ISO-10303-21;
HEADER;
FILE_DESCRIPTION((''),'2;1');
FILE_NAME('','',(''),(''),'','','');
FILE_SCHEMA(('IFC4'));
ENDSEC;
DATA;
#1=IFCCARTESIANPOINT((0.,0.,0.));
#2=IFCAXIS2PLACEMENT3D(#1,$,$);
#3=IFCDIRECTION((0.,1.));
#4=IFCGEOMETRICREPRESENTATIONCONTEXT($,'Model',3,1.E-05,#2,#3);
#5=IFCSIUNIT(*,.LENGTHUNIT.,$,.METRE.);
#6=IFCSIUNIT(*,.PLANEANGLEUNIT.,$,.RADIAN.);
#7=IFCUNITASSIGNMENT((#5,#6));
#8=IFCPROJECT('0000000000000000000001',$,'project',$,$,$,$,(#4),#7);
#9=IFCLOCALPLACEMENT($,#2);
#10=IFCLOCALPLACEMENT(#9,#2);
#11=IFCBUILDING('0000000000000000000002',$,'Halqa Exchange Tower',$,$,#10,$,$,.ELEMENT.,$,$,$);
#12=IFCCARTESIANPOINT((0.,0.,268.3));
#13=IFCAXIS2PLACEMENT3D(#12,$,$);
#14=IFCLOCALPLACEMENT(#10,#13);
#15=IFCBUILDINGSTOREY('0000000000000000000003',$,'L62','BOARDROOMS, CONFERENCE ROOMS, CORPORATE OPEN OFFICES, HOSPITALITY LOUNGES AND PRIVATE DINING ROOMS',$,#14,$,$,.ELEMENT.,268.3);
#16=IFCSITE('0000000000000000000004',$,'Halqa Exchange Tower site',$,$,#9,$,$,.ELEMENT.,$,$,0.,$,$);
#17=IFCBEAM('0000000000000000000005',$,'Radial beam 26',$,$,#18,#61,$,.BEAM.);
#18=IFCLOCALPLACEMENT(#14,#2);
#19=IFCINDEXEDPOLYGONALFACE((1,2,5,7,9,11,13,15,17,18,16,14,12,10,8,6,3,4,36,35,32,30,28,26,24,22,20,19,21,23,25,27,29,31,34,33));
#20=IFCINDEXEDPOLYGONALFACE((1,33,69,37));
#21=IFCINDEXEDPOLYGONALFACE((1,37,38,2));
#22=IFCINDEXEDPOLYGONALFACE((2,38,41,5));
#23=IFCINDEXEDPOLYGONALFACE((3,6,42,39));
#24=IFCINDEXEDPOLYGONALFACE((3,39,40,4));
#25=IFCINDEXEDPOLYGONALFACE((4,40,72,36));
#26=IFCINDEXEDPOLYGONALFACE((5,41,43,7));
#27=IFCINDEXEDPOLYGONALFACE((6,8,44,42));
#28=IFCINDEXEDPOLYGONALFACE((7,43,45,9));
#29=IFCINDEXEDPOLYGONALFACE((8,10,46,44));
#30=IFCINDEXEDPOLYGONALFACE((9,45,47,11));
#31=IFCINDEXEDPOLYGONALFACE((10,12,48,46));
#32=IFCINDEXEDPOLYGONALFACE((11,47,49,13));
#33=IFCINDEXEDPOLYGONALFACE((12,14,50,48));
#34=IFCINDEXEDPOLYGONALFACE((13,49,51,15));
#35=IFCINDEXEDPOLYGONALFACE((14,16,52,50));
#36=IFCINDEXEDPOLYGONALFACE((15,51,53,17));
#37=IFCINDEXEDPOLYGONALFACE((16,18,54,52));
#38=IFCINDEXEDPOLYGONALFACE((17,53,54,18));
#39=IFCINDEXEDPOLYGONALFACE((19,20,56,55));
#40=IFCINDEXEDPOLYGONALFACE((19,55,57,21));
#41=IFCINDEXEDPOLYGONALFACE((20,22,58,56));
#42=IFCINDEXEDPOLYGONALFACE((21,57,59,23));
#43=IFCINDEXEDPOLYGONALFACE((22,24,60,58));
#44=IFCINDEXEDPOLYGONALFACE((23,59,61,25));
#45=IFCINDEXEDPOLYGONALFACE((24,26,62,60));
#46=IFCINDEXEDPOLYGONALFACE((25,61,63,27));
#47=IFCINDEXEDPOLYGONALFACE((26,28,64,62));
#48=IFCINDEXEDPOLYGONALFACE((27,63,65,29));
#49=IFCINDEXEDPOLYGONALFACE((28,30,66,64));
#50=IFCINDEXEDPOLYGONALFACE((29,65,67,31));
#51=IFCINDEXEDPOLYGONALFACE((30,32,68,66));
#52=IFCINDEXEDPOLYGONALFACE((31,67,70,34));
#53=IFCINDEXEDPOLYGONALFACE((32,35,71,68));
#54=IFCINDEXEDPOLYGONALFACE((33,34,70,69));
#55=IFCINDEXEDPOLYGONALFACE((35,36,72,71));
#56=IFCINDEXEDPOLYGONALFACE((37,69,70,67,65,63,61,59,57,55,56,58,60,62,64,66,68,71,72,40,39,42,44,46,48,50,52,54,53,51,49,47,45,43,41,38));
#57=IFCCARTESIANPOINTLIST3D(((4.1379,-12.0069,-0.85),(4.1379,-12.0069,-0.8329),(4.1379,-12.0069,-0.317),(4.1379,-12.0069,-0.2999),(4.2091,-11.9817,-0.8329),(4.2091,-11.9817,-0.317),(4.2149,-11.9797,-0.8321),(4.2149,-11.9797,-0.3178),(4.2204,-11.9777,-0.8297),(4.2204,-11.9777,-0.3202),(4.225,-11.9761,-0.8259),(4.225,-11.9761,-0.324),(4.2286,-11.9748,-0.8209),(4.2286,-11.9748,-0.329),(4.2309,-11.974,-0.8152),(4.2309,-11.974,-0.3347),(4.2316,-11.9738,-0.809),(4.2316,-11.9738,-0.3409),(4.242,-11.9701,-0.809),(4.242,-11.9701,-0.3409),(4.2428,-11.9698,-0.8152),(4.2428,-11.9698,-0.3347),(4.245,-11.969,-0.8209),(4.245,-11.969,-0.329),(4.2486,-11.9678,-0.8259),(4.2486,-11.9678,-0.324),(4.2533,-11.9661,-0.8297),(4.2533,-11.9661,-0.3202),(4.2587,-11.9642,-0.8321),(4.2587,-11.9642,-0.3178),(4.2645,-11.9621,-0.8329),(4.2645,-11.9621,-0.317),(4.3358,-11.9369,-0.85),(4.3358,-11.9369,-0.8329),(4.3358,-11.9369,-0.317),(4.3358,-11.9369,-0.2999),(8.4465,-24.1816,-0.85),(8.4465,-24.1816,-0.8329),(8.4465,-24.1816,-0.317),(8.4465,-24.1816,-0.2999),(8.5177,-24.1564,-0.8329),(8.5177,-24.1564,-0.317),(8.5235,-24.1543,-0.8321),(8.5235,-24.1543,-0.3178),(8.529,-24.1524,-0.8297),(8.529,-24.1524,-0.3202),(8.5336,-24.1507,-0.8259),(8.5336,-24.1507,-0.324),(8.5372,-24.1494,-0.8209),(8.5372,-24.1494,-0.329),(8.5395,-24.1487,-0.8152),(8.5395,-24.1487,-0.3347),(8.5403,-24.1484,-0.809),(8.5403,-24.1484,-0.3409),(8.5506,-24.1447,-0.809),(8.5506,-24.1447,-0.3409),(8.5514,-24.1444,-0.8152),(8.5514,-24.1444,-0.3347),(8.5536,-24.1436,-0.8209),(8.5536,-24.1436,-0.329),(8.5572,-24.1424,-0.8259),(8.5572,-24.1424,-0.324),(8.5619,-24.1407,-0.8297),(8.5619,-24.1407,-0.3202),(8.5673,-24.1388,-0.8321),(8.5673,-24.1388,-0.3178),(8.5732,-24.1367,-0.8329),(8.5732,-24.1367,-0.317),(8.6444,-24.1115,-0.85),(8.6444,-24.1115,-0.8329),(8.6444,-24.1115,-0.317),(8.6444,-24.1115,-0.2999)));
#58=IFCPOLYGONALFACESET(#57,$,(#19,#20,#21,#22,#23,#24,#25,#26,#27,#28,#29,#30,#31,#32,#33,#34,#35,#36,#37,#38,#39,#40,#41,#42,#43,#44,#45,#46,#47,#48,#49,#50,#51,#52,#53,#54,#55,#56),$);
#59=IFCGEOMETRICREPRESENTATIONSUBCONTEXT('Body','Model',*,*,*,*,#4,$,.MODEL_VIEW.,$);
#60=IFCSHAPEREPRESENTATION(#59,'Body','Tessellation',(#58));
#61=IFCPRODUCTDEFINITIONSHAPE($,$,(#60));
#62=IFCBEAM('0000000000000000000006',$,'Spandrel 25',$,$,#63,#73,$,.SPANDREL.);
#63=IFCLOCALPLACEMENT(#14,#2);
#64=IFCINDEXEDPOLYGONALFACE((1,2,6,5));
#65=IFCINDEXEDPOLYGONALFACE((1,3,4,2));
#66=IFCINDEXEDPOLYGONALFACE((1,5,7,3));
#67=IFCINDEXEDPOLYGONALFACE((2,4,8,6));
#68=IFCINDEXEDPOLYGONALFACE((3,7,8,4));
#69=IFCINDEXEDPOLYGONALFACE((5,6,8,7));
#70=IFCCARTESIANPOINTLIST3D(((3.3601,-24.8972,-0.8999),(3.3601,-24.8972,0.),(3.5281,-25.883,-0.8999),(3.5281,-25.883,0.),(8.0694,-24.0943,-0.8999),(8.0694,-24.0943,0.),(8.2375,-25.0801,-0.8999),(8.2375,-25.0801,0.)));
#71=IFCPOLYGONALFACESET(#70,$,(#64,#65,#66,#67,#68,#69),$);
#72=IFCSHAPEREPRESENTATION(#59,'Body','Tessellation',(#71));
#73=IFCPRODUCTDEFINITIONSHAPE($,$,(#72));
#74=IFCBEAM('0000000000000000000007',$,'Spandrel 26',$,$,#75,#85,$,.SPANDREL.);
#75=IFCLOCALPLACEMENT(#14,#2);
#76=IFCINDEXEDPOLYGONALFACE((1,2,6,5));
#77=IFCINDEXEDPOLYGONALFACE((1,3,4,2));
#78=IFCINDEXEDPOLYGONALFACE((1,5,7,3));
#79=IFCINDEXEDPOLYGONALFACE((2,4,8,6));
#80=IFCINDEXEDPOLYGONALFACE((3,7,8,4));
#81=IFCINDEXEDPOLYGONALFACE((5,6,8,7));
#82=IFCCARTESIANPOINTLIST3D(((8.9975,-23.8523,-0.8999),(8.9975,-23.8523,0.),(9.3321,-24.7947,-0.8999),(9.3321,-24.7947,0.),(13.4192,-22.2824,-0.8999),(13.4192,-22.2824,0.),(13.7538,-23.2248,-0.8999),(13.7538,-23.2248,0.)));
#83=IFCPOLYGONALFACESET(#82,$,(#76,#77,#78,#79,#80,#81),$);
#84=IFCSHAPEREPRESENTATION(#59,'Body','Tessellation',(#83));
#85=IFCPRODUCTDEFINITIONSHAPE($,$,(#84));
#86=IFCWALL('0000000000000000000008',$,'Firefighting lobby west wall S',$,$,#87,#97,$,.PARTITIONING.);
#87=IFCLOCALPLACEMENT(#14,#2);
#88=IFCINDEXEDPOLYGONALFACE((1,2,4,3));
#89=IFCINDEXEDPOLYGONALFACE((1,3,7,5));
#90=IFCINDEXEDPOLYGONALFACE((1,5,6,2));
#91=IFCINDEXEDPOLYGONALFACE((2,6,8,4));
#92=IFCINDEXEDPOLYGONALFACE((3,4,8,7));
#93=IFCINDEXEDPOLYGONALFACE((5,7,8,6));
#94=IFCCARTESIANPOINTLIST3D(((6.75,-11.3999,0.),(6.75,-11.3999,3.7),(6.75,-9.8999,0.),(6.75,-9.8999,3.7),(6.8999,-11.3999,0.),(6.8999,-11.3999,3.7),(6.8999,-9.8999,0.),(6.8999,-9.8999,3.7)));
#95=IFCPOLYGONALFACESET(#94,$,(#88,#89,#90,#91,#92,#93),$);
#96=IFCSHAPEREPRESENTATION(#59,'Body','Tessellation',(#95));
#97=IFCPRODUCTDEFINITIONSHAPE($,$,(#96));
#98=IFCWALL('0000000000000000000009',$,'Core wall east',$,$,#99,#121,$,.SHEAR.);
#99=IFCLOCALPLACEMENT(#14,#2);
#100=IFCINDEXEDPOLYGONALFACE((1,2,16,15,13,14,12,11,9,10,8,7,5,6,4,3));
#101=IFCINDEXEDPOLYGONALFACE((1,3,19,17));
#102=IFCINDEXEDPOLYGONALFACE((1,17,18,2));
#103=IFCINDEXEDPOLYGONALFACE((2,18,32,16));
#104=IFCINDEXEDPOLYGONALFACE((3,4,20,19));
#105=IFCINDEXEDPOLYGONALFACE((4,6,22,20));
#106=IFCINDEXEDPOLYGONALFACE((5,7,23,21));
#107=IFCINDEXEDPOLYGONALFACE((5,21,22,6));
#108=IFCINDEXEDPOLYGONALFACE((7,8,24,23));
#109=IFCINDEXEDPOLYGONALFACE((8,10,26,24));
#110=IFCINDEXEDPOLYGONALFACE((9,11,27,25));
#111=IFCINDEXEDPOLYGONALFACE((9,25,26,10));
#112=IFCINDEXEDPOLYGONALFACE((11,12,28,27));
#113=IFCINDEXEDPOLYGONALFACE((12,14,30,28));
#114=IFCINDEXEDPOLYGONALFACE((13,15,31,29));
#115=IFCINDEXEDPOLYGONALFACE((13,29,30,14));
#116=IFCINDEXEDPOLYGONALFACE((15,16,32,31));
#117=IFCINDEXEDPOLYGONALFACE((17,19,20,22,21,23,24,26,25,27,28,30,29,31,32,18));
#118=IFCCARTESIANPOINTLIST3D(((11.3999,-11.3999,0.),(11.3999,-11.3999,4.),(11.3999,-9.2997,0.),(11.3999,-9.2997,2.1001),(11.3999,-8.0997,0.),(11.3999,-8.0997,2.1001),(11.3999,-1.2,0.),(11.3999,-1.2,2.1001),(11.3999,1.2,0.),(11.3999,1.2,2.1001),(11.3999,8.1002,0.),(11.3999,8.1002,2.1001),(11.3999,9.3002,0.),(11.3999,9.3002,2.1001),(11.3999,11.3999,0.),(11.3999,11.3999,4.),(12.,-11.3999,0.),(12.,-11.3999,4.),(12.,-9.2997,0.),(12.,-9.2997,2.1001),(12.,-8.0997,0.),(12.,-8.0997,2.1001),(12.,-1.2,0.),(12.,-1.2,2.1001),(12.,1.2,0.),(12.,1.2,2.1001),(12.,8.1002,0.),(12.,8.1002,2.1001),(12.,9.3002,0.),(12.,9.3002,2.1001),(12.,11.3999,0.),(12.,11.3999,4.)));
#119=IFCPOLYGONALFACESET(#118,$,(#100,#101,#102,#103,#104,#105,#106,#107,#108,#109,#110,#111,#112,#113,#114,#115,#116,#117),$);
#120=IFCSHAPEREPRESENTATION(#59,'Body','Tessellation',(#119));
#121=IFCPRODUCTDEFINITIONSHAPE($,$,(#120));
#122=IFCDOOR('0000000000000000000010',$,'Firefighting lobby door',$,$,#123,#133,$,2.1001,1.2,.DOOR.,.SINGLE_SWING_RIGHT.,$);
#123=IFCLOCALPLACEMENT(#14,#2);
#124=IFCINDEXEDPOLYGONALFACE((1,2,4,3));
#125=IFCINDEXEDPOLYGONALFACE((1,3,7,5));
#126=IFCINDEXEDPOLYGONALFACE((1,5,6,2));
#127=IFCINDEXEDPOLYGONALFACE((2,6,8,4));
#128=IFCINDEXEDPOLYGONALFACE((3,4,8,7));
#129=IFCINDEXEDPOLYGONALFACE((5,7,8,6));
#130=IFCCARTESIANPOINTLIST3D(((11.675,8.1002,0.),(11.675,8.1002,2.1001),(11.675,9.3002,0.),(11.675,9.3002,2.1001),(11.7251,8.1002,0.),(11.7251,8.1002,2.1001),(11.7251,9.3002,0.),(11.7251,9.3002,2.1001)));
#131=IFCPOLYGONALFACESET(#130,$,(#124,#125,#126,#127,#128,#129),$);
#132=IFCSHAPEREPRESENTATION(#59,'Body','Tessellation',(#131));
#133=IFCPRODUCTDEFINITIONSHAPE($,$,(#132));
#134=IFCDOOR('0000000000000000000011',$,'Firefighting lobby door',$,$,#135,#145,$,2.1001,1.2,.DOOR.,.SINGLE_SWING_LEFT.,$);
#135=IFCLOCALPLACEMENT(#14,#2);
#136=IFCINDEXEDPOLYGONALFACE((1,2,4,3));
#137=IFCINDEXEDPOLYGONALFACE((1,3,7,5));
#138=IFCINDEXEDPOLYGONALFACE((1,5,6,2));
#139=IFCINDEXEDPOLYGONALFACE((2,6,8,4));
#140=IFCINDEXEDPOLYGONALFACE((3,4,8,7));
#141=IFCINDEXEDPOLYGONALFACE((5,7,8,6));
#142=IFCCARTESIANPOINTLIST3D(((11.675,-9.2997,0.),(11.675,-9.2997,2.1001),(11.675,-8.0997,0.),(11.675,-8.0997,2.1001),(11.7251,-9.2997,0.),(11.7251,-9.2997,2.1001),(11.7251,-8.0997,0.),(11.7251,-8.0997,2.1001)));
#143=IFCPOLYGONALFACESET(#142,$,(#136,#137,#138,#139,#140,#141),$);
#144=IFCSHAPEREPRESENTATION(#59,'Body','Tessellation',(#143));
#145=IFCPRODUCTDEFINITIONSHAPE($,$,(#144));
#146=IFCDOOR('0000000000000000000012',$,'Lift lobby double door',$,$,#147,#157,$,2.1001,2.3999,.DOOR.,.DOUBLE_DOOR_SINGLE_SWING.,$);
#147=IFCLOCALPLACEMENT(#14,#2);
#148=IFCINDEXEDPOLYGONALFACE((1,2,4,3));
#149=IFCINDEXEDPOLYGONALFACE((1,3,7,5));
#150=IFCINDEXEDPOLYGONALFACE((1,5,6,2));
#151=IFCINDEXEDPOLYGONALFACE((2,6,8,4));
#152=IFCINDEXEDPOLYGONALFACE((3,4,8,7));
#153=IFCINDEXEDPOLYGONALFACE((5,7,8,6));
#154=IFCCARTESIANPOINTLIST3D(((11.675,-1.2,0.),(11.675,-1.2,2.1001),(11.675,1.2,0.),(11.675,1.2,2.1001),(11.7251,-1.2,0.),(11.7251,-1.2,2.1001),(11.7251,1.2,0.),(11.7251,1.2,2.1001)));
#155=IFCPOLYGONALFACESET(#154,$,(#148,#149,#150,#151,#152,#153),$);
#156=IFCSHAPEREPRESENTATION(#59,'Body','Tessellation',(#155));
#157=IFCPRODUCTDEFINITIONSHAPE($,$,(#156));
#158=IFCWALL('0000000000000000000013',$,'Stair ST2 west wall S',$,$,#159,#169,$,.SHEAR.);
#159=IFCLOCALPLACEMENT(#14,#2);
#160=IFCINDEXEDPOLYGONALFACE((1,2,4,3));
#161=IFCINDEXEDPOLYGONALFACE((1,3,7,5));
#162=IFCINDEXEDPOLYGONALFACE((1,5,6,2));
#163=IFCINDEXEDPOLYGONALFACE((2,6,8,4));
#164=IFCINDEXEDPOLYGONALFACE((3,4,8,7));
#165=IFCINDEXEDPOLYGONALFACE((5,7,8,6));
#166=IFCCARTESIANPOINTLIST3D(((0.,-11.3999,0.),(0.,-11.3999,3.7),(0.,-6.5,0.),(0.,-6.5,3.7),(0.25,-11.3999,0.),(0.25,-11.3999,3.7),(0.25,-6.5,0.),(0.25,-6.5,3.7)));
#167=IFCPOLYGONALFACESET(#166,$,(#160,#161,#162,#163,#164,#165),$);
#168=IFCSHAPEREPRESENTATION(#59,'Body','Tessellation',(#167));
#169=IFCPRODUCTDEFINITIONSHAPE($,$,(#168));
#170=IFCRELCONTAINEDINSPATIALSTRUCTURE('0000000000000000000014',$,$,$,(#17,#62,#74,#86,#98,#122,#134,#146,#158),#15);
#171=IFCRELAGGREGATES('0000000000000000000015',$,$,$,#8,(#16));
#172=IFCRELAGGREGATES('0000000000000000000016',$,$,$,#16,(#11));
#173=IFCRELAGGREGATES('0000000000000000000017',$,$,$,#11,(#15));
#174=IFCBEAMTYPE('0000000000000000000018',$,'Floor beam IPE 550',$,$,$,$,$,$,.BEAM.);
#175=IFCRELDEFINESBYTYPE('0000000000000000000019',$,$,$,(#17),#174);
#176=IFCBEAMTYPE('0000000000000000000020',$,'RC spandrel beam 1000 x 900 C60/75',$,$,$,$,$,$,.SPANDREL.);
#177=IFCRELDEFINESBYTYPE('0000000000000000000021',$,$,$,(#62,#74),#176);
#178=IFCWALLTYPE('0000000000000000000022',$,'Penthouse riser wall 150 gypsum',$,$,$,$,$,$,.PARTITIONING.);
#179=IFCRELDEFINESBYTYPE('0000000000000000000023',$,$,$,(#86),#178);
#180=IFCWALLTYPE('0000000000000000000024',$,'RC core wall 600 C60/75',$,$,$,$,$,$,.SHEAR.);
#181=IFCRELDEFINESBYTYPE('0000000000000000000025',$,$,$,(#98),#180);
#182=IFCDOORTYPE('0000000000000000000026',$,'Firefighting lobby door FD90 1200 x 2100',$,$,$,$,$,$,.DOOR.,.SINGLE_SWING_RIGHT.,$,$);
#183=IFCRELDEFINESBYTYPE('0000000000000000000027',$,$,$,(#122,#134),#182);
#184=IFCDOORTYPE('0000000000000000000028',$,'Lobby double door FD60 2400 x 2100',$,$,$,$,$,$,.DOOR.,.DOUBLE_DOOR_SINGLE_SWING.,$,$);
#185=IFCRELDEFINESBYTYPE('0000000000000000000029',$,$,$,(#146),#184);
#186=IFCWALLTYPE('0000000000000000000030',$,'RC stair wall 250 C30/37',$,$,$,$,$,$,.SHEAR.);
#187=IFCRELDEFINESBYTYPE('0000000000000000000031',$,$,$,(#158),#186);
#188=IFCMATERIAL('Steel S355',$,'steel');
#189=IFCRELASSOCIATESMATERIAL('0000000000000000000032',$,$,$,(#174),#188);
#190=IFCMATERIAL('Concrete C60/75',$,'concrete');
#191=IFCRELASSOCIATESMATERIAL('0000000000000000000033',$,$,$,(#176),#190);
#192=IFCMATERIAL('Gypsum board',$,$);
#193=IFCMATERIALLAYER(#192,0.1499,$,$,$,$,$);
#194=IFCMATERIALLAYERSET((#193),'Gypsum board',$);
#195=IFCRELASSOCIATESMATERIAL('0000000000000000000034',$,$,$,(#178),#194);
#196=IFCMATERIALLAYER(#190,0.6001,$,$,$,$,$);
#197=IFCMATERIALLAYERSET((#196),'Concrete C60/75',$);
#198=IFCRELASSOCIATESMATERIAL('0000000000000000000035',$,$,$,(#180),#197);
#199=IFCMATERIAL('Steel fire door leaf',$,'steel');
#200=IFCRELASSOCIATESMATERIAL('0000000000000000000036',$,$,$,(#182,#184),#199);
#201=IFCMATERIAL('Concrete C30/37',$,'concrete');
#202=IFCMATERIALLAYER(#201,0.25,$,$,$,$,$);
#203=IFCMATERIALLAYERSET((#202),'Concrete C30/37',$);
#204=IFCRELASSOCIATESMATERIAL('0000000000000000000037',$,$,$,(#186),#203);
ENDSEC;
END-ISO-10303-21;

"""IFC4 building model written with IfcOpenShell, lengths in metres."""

from ifc_helpers import new_model, si_unit, direction, frame, frame_2d, origin, origin_2d, place, context, subcontext, project, spatial, rectangle, i_section, extrude, material, layer, layer_set, material_profile, profile_set, type_object, element, fill, save


model = new_model("IFC4")

# Units and contexts
model_context = context("Model", 3, precision=1e-05, world=origin(), true_north=direction((0.0, 1.0)))
body_context = subcontext(model_context, "Body", "Model", "MODEL_VIEW")
ifc_project = project(units=[si_unit("LENGTHUNIT", "METRE"), si_unit("PLANEANGLEUNIT", "RADIAN")], contexts=[model_context])

# Site, building, storey
site_placement = place(None, origin())
site = spatial("IfcSite", under=ifc_project, at=site_placement, Name="Halqa Exchange Tower site", CompositionType="ELEMENT", RefElevation=0.0)
building_placement = place(site_placement, origin())
building = spatial("IfcBuilding", under=site, at=building_placement, Name="Halqa Exchange Tower", CompositionType="ELEMENT")
storey_placement = place(building_placement, frame((0.0, 0.0, 268.3)))
storey = spatial("IfcBuildingStorey", under=building, at=storey_placement, Name="L62", Description="BOARDROOMS, CONFERENCE ROOMS, CORPORATE OPEN OFFICES, HOSPITALITY LOUNGES AND PRIVATE DINING ROOMS", CompositionType="ELEMENT", Elevation=268.3)

# Shared definitions
ifc_material_1 = material(Name="Concrete C60/75", Category="concrete")

# Beams
ifc_material_2 = material(Name="Steel S355", Category="steel")
ifc_material_profile_1 = material_profile(ifc_material_2, i_section(OverallWidth=0.21, OverallDepth=0.55, WebThickness=0.011, FlangeThickness=0.0171, FilletRadius=0.0239, at=origin_2d()), Name="IPE 550")
ifc_profile_set_1 = profile_set([ifc_material_profile_1], Name="Steel S355")
beam_type_1 = type_object("IfcBeamType", Name="Floor beam IPE 550", PredefinedType="BEAM", material=ifc_profile_set_1)
beam_1_placement = place(storey_placement, frame((4.2368, -11.9719, -0.575), z_axis=(0.333625, -0.942706, 0.0), x_axis=(0.942706, 0.333625, 0.0)))
element("IfcBeam", 1, at=beam_1_placement, inside=storey, type_object=beam_type_1, Name="Radial beam 26", PredefinedType="BEAM", context=body_context, shape_type="SweptSolid", body=[
    extrude(i_section(OverallWidth=0.21, OverallDepth=0.55, WebThickness=0.011, FlangeThickness=0.0171, FilletRadius=0.0239, at=origin_2d()), origin(), (0.0, 0.0, 1.0), 12.9146),
])
ifc_material_profile_2 = material_profile(ifc_material_1, rectangle(XDim=1.0, YDim=0.8999, at=origin_2d()), Name="1000 x 900")
ifc_profile_set_2 = profile_set([ifc_material_profile_2], Name="Concrete C60/75")
beam_type_2 = type_object("IfcBeamType", Name="RC spandrel beam 1000 x 900 C60/75", PredefinedType="SPANDREL", material=ifc_profile_set_2)
beam_2_placement = place(storey_placement, frame((3.4441, -25.3901, -0.45), z_axis=(0.985774, 0.168077, 0.0), x_axis=(-0.168077, 0.985774, 0.0)))
element("IfcBeam", 2, at=beam_2_placement, inside=storey, type_object=beam_type_2, Name="Spandrel 25", PredefinedType="SPANDREL", context=body_context, shape_type="SweptSolid", body=[
    extrude(rectangle(XDim=1.0, YDim=0.8999, at=origin_2d()), origin(), (0.0, 0.0, 1.0), 4.7773),
])
beam_3_placement = place(storey_placement, frame((9.1648, -24.3235, -0.45), z_axis=(0.94237, 0.334572, 0.0), x_axis=(-0.334572, 0.94237, 0.0)))
element("IfcBeam", 3, at=beam_3_placement, inside=storey, type_object=beam_type_2, Name="Spandrel 26", PredefinedType="SPANDREL", context=body_context, shape_type="SweptSolid", body=[
    extrude(rectangle(XDim=1.0, YDim=0.8999, at=origin_2d()), origin(), (0.0, 0.0, 1.0), 4.6921),
])

# Wall
ifc_material_3 = material(Name="Gypsum board")
ifc_layer_1 = layer(ifc_material_3, 0.1499)
ifc_layer_set_1 = layer_set([ifc_layer_1], Name="Gypsum board")
wall_type_1 = type_object("IfcWallType", Name="Penthouse riser wall 150 gypsum", PredefinedType="PARTITIONING", material=ifc_layer_set_1)
wall_1_placement = place(storey_placement, frame((6.825, -11.3999, 0.0), z_axis=(0.0, 0.0, 1.0), x_axis=(0.0, 1.0, 0.0)))
element("IfcWall", 4, at=wall_1_placement, inside=storey, type_object=wall_type_1, Name="Firefighting lobby west wall S", PredefinedType="PARTITIONING", context=body_context, shape_type="SweptSolid", body=[
    extrude(rectangle(XDim=1.5, YDim=0.1499, at=frame_2d((0.75, 0.0))), origin(), (0.0, 0.0, 1.0), 3.7),
])

# Wall, openings, doors
ifc_layer_2 = layer(ifc_material_1, 0.6001)
ifc_layer_set_2 = layer_set([ifc_layer_2], Name="Concrete C60/75")
wall_type_2 = type_object("IfcWallType", Name="RC core wall 600 C60/75", PredefinedType="SHEAR", material=ifc_layer_set_2)
wall_2_placement = place(storey_placement, frame((11.7, -11.3999, 0.0), z_axis=(0.0, 0.0, 1.0), x_axis=(0.0, 1.0, 0.0)))
wall_2 = element("IfcWall", 5, at=wall_2_placement, inside=storey, type_object=wall_type_2, Name="Core wall east", PredefinedType="SHEAR", context=body_context, shape_type="SweptSolid", body=[
    extrude(rectangle(XDim=22.7998, YDim=0.6001, at=frame_2d((11.3999, 0.0))), origin(), (0.0, 0.0, 1.0), 4.0),
])
opening_1_placement = place(wall_2_placement, frame((10.2, 0.0, 0.0)))
opening_1 = element("IfcOpeningElement", 6, at=opening_1_placement, cuts=wall_2, PredefinedType="OPENING", context=body_context, shape_type="SweptSolid", body=[
    extrude(rectangle(XDim=2.3999, YDim=2.1001, at=frame_2d((1.2, 1.05))), frame((0.0, 0.312, 0.0), z_axis=(0.0, -1.0, 0.0), x_axis=(1.0, 0.0, 0.0)), (0.0, 0.0, 1.0), 0.624),
])
opening_2_placement = place(wall_2_placement, frame((19.5, 0.0, 0.0)))
opening_2 = element("IfcOpeningElement", 7, at=opening_2_placement, cuts=wall_2, PredefinedType="OPENING", context=body_context, shape_type="SweptSolid", body=[
    extrude(rectangle(XDim=1.2, YDim=2.1001, at=frame_2d((0.6001, 1.05))), frame((0.0, 0.312, 0.0), z_axis=(0.0, -1.0, 0.0), x_axis=(1.0, 0.0, 0.0)), (0.0, 0.0, 1.0), 0.624),
])
opening_3_placement = place(wall_2_placement, frame((2.1001, 0.0, 0.0)))
opening_3 = element("IfcOpeningElement", 8, at=opening_3_placement, cuts=wall_2, PredefinedType="OPENING", context=body_context, shape_type="SweptSolid", body=[
    extrude(rectangle(XDim=1.2, YDim=2.1001, at=frame_2d((0.6001, 1.05))), frame((0.0, 0.312, 0.0), z_axis=(0.0, -1.0, 0.0), x_axis=(1.0, 0.0, 0.0)), (0.0, 0.0, 1.0), 0.624),
])
ifc_material_4 = material(Name="Steel fire door leaf", Category="steel")
door_type_1 = type_object("IfcDoorType", Name="Firefighting lobby door FD90 1200 x 2100", OperationType="SINGLE_SWING_RIGHT", PredefinedType="DOOR", material=ifc_material_4)
door_1_placement = place(opening_2_placement, origin())
door_1 = element("IfcDoor", 9, at=door_1_placement, inside=storey, type_object=door_type_1, Name="Firefighting lobby door", OperationType="SINGLE_SWING_RIGHT", OverallHeight=2.1001, OverallWidth=1.2, PredefinedType="DOOR", context=body_context, shape_type="SweptSolid", body=[
    extrude(rectangle(XDim=1.2, YDim=2.1001, at=frame_2d((0.6001, 1.05))), frame((0.0, 0.0249, 0.0), z_axis=(0.0, -1.0, 0.0), x_axis=(1.0, 0.0, 0.0)), (0.0, 0.0, 1.0), 0.05),
])
fill(opening_2, door_1)
door_2_placement = place(opening_3_placement, origin())
door_2 = element("IfcDoor", 10, at=door_2_placement, inside=storey, type_object=door_type_1, Name="Firefighting lobby door", OperationType="SINGLE_SWING_LEFT", OverallHeight=2.1001, OverallWidth=1.2, PredefinedType="DOOR", context=body_context, shape_type="SweptSolid", body=[
    extrude(rectangle(XDim=1.2, YDim=2.1001, at=frame_2d((0.6001, 1.05))), frame((0.0, 0.0249, 0.0), z_axis=(0.0, -1.0, 0.0), x_axis=(1.0, 0.0, 0.0)), (0.0, 0.0, 1.0), 0.05),
])
fill(opening_3, door_2)
door_type_2 = type_object("IfcDoorType", Name="Lobby double door FD60 2400 x 2100", OperationType="DOUBLE_DOOR_SINGLE_SWING", PredefinedType="DOOR", material=ifc_material_4)
door_3_placement = place(opening_1_placement, origin())
door_3 = element("IfcDoor", 11, at=door_3_placement, inside=storey, type_object=door_type_2, Name="Lift lobby double door", OperationType="DOUBLE_DOOR_SINGLE_SWING", OverallHeight=2.1001, OverallWidth=2.3999, PredefinedType="DOOR", context=body_context, shape_type="SweptSolid", body=[
    extrude(rectangle(XDim=2.3999, YDim=2.1001, at=frame_2d((1.2, 1.05))), frame((0.0, 0.0249, 0.0), z_axis=(0.0, -1.0, 0.0), x_axis=(1.0, 0.0, 0.0)), (0.0, 0.0, 1.0), 0.05),
])
fill(opening_1, door_3)

# Wall
ifc_material_5 = material(Name="Concrete C30/37", Category="concrete")
ifc_layer_3 = layer(ifc_material_5, 0.25)
ifc_layer_set_3 = layer_set([ifc_layer_3], Name="Concrete C30/37")
wall_type_3 = type_object("IfcWallType", Name="RC stair wall 250 C30/37", PredefinedType="SHEAR", material=ifc_layer_set_3)
wall_3_placement = place(storey_placement, frame((0.125, -11.3999, 0.0), z_axis=(0.0, 0.0, 1.0), x_axis=(0.0, 1.0, 0.0)))
element("IfcWall", 12, at=wall_3_placement, inside=storey, type_object=wall_type_3, Name="Stair ST2 west wall S", PredefinedType="SHEAR", context=body_context, shape_type="SweptSolid", body=[
    extrude(rectangle(XDim=4.8999, YDim=0.25, at=frame_2d((2.45, 0.0))), origin(), (0.0, 0.0, 1.0), 3.7),
])

save(model, "model.ifc")
